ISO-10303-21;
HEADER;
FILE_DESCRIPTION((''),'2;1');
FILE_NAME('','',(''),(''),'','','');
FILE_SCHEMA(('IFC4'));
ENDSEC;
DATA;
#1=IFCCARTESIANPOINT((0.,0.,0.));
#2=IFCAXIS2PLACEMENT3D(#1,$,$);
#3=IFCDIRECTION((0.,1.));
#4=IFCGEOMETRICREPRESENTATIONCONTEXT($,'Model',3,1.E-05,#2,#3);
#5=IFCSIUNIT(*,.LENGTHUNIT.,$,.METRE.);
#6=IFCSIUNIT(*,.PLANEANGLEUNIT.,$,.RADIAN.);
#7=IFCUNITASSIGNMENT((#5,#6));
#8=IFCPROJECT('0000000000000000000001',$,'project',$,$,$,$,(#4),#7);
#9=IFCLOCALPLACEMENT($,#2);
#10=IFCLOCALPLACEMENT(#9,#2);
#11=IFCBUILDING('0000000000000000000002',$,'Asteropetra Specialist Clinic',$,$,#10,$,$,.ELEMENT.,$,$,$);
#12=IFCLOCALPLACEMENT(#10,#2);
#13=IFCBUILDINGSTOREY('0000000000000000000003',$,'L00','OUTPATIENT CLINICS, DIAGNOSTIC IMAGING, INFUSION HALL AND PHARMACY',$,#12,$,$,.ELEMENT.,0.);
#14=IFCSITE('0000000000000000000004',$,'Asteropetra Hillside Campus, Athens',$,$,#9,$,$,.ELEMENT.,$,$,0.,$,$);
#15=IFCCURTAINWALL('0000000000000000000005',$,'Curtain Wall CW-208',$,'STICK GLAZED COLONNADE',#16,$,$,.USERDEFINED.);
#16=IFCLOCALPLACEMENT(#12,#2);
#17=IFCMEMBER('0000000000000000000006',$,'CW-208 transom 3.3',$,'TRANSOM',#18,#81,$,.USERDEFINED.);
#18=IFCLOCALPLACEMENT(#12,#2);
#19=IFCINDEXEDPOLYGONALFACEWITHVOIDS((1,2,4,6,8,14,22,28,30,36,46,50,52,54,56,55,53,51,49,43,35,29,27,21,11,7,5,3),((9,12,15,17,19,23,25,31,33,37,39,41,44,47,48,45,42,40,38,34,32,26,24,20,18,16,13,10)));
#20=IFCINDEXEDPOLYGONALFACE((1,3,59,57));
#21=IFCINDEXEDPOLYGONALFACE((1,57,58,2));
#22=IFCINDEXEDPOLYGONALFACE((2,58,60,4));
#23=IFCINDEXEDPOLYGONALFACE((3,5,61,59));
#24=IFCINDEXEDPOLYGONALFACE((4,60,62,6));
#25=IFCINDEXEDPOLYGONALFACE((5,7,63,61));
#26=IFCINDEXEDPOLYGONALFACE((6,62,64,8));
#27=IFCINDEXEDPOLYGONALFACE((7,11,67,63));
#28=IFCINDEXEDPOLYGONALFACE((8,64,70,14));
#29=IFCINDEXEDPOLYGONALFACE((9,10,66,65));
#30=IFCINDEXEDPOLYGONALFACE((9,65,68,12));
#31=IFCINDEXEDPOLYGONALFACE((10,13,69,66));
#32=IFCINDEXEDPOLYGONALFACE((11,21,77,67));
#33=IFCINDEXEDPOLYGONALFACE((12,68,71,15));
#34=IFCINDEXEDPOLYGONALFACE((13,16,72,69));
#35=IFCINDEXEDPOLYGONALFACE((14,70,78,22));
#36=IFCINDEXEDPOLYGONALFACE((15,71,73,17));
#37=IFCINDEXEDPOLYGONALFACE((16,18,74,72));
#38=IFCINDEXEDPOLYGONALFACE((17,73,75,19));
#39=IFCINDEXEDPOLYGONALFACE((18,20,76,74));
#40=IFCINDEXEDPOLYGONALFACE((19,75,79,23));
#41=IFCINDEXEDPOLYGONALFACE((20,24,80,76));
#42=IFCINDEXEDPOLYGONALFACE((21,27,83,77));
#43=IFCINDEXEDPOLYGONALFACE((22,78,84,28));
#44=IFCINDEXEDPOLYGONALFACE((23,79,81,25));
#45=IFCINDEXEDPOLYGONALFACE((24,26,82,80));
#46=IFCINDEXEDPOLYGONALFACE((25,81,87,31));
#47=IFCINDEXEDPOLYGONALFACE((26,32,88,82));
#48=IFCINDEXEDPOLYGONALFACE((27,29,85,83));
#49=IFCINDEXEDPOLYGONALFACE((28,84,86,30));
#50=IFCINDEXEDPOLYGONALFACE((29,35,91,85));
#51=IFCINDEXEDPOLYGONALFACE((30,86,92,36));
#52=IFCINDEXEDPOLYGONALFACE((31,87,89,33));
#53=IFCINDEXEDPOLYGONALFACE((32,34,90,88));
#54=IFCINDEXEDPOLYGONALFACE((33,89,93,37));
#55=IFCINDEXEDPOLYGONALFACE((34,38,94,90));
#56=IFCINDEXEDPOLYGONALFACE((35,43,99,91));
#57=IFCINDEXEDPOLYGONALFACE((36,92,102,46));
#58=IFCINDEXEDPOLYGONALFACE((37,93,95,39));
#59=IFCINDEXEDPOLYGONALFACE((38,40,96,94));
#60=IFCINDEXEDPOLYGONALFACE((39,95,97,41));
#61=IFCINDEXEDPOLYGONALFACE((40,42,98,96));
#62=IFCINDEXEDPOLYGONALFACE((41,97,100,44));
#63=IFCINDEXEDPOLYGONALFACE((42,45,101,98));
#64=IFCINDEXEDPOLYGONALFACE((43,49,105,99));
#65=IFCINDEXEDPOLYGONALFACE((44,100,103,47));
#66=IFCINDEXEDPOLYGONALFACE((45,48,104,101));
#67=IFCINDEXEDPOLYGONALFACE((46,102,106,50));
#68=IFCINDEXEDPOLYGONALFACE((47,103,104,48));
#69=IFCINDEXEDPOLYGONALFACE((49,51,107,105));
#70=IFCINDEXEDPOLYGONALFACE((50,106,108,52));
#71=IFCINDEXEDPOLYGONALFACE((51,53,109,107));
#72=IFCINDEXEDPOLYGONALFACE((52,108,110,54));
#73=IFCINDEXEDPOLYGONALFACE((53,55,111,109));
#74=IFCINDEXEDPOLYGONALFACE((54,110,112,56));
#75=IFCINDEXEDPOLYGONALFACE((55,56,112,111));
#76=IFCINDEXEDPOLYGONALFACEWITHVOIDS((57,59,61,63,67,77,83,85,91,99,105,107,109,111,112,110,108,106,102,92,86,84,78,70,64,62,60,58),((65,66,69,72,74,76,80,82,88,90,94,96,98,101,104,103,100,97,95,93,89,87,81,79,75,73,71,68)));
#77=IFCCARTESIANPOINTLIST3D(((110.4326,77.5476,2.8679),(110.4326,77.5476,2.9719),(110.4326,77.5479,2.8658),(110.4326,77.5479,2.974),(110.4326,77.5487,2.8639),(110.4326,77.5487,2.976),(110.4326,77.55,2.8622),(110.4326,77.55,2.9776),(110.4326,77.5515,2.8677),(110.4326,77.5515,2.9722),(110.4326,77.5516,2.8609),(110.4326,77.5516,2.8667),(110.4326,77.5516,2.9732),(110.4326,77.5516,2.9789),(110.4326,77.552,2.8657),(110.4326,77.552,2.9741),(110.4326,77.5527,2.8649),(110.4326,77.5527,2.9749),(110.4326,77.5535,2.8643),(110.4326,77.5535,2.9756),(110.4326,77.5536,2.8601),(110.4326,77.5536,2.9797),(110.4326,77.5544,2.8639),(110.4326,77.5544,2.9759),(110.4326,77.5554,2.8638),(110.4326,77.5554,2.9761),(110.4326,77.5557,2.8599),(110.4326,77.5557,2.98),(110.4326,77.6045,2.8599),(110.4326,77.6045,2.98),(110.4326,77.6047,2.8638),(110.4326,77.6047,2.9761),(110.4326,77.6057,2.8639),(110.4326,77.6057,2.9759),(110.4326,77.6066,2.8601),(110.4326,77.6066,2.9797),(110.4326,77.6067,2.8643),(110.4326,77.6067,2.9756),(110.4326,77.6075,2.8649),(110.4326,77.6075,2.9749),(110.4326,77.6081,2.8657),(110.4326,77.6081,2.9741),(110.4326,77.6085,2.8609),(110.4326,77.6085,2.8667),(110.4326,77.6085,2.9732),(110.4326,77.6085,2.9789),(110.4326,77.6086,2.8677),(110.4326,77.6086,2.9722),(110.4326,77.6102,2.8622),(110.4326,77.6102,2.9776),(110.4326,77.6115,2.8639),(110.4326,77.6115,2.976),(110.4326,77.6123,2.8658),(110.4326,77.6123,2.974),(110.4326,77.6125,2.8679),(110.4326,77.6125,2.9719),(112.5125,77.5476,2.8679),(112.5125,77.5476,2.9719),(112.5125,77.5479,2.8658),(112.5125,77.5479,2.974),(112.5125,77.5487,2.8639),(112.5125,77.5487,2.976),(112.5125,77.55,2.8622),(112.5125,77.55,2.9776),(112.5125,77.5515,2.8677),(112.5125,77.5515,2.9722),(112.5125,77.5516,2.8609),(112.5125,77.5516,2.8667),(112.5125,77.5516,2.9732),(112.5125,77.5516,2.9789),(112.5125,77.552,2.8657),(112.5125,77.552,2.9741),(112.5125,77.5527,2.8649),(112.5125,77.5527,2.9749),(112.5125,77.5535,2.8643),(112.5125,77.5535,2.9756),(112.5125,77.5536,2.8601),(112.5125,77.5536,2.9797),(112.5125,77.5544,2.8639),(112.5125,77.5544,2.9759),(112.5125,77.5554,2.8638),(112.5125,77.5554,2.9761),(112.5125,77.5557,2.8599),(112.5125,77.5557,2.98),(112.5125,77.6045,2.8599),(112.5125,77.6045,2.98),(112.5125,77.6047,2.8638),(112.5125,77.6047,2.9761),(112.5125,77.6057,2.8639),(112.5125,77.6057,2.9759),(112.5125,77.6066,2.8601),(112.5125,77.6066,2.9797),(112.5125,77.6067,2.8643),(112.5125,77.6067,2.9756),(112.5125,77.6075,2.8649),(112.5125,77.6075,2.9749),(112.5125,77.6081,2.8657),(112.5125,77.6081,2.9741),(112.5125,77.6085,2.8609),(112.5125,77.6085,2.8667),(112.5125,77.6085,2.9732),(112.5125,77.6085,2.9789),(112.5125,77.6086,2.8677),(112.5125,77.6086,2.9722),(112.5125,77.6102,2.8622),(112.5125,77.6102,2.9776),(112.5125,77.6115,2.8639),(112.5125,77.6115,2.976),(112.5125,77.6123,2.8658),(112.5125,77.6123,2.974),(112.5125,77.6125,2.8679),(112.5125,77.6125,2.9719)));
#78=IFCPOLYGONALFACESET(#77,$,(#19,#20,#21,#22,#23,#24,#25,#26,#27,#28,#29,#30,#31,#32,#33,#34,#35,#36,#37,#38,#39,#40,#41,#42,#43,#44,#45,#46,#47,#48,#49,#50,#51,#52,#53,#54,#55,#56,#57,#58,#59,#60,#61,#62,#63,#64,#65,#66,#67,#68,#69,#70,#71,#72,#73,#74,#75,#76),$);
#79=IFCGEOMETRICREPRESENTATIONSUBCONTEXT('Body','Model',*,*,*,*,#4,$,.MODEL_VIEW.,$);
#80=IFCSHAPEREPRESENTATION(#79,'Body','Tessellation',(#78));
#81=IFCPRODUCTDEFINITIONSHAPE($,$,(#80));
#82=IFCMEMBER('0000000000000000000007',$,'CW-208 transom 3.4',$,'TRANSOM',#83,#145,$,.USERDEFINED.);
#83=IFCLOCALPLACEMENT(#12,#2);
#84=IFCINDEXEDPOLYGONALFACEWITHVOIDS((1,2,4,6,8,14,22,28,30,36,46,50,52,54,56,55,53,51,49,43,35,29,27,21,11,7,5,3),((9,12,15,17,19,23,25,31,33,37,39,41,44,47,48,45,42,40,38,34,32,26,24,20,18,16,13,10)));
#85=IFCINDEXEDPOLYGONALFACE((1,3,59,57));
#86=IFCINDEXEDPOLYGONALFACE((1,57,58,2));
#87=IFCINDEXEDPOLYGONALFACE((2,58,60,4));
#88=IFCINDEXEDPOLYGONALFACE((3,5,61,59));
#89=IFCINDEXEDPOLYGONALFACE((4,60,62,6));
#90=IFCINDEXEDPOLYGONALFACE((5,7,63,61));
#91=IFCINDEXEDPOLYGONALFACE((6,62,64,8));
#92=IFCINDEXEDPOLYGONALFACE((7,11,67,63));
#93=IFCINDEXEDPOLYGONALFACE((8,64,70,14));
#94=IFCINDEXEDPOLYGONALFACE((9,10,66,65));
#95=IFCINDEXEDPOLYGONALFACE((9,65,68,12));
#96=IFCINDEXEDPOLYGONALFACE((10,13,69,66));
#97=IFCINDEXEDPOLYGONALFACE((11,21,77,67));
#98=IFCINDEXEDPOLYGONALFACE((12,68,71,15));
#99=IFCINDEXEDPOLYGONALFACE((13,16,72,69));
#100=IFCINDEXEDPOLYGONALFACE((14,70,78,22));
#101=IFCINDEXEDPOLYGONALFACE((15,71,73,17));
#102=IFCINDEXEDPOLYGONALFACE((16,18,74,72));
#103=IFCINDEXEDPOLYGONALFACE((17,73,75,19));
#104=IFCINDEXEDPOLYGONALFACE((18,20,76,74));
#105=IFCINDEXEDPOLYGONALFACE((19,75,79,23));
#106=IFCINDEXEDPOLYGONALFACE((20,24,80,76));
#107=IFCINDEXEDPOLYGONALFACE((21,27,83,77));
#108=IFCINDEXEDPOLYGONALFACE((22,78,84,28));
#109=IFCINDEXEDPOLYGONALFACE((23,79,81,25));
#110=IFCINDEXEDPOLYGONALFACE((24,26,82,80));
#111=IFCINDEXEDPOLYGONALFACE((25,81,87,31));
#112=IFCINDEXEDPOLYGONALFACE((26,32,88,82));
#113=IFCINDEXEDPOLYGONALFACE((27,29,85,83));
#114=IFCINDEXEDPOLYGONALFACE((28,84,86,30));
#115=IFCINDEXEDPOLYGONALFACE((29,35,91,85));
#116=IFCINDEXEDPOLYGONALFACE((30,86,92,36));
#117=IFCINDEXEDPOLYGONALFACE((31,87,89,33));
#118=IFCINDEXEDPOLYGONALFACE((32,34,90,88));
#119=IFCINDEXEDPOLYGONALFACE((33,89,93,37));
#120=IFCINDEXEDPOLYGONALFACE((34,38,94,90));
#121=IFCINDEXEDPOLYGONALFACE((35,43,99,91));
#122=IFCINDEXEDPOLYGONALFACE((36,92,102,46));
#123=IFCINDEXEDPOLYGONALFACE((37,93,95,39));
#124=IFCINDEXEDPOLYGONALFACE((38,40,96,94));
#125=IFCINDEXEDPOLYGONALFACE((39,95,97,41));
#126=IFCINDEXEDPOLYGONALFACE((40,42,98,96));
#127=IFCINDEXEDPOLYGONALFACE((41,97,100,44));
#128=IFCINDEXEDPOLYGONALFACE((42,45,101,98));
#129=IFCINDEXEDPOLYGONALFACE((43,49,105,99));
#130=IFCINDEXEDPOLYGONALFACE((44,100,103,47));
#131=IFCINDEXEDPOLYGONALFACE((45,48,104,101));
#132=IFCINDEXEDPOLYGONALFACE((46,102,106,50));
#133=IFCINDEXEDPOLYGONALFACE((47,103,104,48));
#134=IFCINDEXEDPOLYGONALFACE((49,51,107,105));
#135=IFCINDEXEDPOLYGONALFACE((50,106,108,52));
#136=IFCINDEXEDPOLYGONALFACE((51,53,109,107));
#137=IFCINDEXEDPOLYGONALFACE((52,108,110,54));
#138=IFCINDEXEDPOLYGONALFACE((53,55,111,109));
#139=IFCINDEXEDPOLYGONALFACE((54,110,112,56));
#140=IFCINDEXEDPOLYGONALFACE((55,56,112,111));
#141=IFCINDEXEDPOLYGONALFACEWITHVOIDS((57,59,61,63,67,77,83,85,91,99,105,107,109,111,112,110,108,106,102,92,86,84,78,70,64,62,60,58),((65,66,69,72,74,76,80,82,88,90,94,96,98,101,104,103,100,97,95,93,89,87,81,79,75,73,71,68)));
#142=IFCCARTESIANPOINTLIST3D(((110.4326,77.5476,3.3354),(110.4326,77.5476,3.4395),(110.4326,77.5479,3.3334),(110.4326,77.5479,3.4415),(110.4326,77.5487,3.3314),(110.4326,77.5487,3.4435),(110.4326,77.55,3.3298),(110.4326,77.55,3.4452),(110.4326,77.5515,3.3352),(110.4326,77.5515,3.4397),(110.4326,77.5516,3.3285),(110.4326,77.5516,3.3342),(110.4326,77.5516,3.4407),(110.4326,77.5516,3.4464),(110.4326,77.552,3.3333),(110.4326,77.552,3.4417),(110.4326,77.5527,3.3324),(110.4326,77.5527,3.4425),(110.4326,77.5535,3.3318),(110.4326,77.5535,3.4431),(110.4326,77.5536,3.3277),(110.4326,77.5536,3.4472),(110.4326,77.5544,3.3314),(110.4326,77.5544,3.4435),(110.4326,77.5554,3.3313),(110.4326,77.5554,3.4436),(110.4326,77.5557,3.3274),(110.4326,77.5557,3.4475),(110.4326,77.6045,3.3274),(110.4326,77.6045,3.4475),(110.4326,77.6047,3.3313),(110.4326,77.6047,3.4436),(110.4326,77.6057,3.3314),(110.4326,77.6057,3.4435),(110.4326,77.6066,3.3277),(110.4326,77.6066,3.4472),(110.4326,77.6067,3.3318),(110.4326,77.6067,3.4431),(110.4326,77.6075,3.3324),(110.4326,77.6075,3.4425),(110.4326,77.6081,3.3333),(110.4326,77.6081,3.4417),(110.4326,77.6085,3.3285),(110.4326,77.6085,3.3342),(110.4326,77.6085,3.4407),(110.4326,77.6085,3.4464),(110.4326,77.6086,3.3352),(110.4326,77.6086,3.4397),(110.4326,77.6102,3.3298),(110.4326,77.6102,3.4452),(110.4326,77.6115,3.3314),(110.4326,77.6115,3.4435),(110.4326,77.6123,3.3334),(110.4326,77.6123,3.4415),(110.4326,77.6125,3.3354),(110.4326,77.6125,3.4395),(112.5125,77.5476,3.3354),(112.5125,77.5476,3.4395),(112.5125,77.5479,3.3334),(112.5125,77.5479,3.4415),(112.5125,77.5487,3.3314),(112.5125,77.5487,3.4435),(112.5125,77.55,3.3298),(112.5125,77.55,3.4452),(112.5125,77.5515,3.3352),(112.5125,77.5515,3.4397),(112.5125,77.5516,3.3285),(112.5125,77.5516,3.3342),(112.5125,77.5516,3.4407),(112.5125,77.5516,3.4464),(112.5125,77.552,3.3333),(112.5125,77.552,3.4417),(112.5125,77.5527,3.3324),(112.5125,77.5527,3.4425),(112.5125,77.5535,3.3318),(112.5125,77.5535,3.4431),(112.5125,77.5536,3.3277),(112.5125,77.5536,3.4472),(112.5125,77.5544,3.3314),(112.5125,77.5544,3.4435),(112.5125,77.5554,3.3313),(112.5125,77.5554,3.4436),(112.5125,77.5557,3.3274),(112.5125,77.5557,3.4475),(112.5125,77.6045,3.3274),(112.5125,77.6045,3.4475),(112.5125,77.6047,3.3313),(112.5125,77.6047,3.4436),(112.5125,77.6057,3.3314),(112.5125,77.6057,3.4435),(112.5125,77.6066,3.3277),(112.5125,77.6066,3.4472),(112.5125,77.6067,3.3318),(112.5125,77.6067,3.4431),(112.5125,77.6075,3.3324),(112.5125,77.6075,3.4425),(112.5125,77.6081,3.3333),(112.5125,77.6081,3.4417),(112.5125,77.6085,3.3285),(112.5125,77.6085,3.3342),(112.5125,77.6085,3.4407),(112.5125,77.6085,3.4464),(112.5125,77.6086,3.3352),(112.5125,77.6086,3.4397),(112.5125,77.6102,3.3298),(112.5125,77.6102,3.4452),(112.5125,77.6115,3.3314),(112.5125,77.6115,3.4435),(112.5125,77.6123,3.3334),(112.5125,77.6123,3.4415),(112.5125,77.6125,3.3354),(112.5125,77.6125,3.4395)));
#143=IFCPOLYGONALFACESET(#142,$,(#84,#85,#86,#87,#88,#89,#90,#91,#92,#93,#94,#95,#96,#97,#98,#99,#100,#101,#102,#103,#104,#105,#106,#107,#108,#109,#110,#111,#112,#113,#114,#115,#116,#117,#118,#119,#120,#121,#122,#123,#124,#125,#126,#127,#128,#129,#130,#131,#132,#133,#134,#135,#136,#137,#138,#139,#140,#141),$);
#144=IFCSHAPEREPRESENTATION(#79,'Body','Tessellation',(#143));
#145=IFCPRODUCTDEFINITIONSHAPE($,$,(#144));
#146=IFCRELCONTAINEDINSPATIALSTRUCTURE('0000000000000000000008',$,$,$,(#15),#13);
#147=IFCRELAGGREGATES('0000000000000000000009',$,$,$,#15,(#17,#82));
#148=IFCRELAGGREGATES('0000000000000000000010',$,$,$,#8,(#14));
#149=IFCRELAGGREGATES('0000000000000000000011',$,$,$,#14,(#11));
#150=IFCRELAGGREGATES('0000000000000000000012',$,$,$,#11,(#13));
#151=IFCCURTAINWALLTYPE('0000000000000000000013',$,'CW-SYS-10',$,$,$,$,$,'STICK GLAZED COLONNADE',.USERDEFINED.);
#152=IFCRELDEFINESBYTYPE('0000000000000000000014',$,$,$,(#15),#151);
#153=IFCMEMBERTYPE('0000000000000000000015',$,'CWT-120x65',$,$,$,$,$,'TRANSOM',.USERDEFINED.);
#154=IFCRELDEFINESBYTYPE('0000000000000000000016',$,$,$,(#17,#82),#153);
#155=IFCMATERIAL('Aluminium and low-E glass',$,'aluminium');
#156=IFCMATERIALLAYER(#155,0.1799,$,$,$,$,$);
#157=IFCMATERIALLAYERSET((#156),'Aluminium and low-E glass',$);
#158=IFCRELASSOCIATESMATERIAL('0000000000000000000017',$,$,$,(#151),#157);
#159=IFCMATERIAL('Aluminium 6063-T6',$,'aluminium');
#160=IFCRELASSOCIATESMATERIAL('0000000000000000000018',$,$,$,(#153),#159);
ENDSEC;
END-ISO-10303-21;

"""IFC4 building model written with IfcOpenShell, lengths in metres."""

from ifc_helpers import new_model, si_unit, direction, frame, origin, origin_2d, place, context, subcontext, project, spatial, hollow_rectangle, extrude, material, layer, layer_set, material_profile, profile_set, type_object, element, aggregate, save


model = new_model("IFC4")

# Units and contexts
model_context = context("Model", 3, precision=1e-05, world=origin(), true_north=direction((0.0, 1.0)))
body_context = subcontext(model_context, "Body", "Model", "MODEL_VIEW")
ifc_project = project(units=[si_unit("LENGTHUNIT", "METRE"), si_unit("PLANEANGLEUNIT", "RADIAN")], contexts=[model_context])

# Site, building, storey
site_placement = place(None, origin())
site = spatial("IfcSite", under=ifc_project, at=site_placement, Name="Asteropetra Hillside Campus, Athens", CompositionType="ELEMENT", RefElevation=0.0)
building_placement = place(site_placement, origin())
building = spatial("IfcBuilding", under=site, at=building_placement, Name="Asteropetra Specialist Clinic", CompositionType="ELEMENT")
storey_placement = place(building_placement, origin())
storey = spatial("IfcBuildingStorey", under=building, at=storey_placement, Name="L00", Description="OUTPATIENT CLINICS, DIAGNOSTIC IMAGING, INFUSION HALL AND PHARMACY", CompositionType="ELEMENT", Elevation=0.0)

# Curtain wall, members
ifc_material_1 = material(Name="Aluminium and low-E glass", Category="aluminium")
ifc_layer_1 = layer(ifc_material_1, 0.1799)
ifc_layer_set_1 = layer_set([ifc_layer_1], Name="Aluminium and low-E glass")
curtain_wall_type = type_object("IfcCurtainWallType", Name="CW-SYS-10", ElementType="STICK GLAZED COLONNADE", PredefinedType="USERDEFINED", material=ifc_layer_set_1)
curtain_wall_placement = place(storey_placement, origin())
curtain_wall = element("IfcCurtainWall", 1, at=curtain_wall_placement, inside=storey, type_object=curtain_wall_type, Name="Curtain Wall CW-208", ObjectType="STICK GLAZED COLONNADE", PredefinedType="USERDEFINED")
ifc_material_2 = material(Name="Aluminium 6063-T6", Category="aluminium")
ifc_material_profile_1 = material_profile(ifc_material_2, hollow_rectangle(XDim=0.0649, YDim=0.1201, WallThickness=0.0039, InnerFilletRadius=0.0039, OuterFilletRadius=0.0081, at=origin_2d()), Name="TRN 120x65x4.0")
ifc_profile_set_1 = profile_set([ifc_material_profile_1], Name="Aluminium 6063-T6")
member_type_1 = type_object("IfcMemberType", Name="CWT-120x65", ElementType="TRANSOM", PredefinedType="USERDEFINED", material=ifc_profile_set_1)
member_1_placement = place(storey_placement, frame((110.4326, 77.5801, 2.9199), z_axis=(1.0, 0.0, 0.0), x_axis=(0.0, 1.0, 0.0)))
member_1 = element("IfcMember", 2, at=member_1_placement, type_object=member_type_1, Name="CW-208 transom 3.3", ObjectType="TRANSOM", PredefinedType="USERDEFINED", context=body_context, shape_type="SweptSolid", body=[
    extrude(hollow_rectangle(XDim=0.0649, YDim=0.1201, WallThickness=0.0039, InnerFilletRadius=0.0039, OuterFilletRadius=0.0081, at=origin_2d()), origin(), (0.0, 0.0, 1.0), 2.0798),
])
member_2_placement = place(storey_placement, frame((110.4326, 77.5801, 3.3875), z_axis=(1.0, 0.0, 0.0), x_axis=(0.0, 1.0, 0.0)))
member_2 = element("IfcMember", 3, at=member_2_placement, type_object=member_type_1, Name="CW-208 transom 3.4", ObjectType="TRANSOM", PredefinedType="USERDEFINED", context=body_context, shape_type="SweptSolid", body=[
    extrude(hollow_rectangle(XDim=0.0649, YDim=0.1201, WallThickness=0.0039, InnerFilletRadius=0.0039, OuterFilletRadius=0.0081, at=origin_2d()), origin(), (0.0, 0.0, 1.0), 2.0798),
])
aggregate(curtain_wall, [member_1, member_2])

save(model, "model.ifc")
